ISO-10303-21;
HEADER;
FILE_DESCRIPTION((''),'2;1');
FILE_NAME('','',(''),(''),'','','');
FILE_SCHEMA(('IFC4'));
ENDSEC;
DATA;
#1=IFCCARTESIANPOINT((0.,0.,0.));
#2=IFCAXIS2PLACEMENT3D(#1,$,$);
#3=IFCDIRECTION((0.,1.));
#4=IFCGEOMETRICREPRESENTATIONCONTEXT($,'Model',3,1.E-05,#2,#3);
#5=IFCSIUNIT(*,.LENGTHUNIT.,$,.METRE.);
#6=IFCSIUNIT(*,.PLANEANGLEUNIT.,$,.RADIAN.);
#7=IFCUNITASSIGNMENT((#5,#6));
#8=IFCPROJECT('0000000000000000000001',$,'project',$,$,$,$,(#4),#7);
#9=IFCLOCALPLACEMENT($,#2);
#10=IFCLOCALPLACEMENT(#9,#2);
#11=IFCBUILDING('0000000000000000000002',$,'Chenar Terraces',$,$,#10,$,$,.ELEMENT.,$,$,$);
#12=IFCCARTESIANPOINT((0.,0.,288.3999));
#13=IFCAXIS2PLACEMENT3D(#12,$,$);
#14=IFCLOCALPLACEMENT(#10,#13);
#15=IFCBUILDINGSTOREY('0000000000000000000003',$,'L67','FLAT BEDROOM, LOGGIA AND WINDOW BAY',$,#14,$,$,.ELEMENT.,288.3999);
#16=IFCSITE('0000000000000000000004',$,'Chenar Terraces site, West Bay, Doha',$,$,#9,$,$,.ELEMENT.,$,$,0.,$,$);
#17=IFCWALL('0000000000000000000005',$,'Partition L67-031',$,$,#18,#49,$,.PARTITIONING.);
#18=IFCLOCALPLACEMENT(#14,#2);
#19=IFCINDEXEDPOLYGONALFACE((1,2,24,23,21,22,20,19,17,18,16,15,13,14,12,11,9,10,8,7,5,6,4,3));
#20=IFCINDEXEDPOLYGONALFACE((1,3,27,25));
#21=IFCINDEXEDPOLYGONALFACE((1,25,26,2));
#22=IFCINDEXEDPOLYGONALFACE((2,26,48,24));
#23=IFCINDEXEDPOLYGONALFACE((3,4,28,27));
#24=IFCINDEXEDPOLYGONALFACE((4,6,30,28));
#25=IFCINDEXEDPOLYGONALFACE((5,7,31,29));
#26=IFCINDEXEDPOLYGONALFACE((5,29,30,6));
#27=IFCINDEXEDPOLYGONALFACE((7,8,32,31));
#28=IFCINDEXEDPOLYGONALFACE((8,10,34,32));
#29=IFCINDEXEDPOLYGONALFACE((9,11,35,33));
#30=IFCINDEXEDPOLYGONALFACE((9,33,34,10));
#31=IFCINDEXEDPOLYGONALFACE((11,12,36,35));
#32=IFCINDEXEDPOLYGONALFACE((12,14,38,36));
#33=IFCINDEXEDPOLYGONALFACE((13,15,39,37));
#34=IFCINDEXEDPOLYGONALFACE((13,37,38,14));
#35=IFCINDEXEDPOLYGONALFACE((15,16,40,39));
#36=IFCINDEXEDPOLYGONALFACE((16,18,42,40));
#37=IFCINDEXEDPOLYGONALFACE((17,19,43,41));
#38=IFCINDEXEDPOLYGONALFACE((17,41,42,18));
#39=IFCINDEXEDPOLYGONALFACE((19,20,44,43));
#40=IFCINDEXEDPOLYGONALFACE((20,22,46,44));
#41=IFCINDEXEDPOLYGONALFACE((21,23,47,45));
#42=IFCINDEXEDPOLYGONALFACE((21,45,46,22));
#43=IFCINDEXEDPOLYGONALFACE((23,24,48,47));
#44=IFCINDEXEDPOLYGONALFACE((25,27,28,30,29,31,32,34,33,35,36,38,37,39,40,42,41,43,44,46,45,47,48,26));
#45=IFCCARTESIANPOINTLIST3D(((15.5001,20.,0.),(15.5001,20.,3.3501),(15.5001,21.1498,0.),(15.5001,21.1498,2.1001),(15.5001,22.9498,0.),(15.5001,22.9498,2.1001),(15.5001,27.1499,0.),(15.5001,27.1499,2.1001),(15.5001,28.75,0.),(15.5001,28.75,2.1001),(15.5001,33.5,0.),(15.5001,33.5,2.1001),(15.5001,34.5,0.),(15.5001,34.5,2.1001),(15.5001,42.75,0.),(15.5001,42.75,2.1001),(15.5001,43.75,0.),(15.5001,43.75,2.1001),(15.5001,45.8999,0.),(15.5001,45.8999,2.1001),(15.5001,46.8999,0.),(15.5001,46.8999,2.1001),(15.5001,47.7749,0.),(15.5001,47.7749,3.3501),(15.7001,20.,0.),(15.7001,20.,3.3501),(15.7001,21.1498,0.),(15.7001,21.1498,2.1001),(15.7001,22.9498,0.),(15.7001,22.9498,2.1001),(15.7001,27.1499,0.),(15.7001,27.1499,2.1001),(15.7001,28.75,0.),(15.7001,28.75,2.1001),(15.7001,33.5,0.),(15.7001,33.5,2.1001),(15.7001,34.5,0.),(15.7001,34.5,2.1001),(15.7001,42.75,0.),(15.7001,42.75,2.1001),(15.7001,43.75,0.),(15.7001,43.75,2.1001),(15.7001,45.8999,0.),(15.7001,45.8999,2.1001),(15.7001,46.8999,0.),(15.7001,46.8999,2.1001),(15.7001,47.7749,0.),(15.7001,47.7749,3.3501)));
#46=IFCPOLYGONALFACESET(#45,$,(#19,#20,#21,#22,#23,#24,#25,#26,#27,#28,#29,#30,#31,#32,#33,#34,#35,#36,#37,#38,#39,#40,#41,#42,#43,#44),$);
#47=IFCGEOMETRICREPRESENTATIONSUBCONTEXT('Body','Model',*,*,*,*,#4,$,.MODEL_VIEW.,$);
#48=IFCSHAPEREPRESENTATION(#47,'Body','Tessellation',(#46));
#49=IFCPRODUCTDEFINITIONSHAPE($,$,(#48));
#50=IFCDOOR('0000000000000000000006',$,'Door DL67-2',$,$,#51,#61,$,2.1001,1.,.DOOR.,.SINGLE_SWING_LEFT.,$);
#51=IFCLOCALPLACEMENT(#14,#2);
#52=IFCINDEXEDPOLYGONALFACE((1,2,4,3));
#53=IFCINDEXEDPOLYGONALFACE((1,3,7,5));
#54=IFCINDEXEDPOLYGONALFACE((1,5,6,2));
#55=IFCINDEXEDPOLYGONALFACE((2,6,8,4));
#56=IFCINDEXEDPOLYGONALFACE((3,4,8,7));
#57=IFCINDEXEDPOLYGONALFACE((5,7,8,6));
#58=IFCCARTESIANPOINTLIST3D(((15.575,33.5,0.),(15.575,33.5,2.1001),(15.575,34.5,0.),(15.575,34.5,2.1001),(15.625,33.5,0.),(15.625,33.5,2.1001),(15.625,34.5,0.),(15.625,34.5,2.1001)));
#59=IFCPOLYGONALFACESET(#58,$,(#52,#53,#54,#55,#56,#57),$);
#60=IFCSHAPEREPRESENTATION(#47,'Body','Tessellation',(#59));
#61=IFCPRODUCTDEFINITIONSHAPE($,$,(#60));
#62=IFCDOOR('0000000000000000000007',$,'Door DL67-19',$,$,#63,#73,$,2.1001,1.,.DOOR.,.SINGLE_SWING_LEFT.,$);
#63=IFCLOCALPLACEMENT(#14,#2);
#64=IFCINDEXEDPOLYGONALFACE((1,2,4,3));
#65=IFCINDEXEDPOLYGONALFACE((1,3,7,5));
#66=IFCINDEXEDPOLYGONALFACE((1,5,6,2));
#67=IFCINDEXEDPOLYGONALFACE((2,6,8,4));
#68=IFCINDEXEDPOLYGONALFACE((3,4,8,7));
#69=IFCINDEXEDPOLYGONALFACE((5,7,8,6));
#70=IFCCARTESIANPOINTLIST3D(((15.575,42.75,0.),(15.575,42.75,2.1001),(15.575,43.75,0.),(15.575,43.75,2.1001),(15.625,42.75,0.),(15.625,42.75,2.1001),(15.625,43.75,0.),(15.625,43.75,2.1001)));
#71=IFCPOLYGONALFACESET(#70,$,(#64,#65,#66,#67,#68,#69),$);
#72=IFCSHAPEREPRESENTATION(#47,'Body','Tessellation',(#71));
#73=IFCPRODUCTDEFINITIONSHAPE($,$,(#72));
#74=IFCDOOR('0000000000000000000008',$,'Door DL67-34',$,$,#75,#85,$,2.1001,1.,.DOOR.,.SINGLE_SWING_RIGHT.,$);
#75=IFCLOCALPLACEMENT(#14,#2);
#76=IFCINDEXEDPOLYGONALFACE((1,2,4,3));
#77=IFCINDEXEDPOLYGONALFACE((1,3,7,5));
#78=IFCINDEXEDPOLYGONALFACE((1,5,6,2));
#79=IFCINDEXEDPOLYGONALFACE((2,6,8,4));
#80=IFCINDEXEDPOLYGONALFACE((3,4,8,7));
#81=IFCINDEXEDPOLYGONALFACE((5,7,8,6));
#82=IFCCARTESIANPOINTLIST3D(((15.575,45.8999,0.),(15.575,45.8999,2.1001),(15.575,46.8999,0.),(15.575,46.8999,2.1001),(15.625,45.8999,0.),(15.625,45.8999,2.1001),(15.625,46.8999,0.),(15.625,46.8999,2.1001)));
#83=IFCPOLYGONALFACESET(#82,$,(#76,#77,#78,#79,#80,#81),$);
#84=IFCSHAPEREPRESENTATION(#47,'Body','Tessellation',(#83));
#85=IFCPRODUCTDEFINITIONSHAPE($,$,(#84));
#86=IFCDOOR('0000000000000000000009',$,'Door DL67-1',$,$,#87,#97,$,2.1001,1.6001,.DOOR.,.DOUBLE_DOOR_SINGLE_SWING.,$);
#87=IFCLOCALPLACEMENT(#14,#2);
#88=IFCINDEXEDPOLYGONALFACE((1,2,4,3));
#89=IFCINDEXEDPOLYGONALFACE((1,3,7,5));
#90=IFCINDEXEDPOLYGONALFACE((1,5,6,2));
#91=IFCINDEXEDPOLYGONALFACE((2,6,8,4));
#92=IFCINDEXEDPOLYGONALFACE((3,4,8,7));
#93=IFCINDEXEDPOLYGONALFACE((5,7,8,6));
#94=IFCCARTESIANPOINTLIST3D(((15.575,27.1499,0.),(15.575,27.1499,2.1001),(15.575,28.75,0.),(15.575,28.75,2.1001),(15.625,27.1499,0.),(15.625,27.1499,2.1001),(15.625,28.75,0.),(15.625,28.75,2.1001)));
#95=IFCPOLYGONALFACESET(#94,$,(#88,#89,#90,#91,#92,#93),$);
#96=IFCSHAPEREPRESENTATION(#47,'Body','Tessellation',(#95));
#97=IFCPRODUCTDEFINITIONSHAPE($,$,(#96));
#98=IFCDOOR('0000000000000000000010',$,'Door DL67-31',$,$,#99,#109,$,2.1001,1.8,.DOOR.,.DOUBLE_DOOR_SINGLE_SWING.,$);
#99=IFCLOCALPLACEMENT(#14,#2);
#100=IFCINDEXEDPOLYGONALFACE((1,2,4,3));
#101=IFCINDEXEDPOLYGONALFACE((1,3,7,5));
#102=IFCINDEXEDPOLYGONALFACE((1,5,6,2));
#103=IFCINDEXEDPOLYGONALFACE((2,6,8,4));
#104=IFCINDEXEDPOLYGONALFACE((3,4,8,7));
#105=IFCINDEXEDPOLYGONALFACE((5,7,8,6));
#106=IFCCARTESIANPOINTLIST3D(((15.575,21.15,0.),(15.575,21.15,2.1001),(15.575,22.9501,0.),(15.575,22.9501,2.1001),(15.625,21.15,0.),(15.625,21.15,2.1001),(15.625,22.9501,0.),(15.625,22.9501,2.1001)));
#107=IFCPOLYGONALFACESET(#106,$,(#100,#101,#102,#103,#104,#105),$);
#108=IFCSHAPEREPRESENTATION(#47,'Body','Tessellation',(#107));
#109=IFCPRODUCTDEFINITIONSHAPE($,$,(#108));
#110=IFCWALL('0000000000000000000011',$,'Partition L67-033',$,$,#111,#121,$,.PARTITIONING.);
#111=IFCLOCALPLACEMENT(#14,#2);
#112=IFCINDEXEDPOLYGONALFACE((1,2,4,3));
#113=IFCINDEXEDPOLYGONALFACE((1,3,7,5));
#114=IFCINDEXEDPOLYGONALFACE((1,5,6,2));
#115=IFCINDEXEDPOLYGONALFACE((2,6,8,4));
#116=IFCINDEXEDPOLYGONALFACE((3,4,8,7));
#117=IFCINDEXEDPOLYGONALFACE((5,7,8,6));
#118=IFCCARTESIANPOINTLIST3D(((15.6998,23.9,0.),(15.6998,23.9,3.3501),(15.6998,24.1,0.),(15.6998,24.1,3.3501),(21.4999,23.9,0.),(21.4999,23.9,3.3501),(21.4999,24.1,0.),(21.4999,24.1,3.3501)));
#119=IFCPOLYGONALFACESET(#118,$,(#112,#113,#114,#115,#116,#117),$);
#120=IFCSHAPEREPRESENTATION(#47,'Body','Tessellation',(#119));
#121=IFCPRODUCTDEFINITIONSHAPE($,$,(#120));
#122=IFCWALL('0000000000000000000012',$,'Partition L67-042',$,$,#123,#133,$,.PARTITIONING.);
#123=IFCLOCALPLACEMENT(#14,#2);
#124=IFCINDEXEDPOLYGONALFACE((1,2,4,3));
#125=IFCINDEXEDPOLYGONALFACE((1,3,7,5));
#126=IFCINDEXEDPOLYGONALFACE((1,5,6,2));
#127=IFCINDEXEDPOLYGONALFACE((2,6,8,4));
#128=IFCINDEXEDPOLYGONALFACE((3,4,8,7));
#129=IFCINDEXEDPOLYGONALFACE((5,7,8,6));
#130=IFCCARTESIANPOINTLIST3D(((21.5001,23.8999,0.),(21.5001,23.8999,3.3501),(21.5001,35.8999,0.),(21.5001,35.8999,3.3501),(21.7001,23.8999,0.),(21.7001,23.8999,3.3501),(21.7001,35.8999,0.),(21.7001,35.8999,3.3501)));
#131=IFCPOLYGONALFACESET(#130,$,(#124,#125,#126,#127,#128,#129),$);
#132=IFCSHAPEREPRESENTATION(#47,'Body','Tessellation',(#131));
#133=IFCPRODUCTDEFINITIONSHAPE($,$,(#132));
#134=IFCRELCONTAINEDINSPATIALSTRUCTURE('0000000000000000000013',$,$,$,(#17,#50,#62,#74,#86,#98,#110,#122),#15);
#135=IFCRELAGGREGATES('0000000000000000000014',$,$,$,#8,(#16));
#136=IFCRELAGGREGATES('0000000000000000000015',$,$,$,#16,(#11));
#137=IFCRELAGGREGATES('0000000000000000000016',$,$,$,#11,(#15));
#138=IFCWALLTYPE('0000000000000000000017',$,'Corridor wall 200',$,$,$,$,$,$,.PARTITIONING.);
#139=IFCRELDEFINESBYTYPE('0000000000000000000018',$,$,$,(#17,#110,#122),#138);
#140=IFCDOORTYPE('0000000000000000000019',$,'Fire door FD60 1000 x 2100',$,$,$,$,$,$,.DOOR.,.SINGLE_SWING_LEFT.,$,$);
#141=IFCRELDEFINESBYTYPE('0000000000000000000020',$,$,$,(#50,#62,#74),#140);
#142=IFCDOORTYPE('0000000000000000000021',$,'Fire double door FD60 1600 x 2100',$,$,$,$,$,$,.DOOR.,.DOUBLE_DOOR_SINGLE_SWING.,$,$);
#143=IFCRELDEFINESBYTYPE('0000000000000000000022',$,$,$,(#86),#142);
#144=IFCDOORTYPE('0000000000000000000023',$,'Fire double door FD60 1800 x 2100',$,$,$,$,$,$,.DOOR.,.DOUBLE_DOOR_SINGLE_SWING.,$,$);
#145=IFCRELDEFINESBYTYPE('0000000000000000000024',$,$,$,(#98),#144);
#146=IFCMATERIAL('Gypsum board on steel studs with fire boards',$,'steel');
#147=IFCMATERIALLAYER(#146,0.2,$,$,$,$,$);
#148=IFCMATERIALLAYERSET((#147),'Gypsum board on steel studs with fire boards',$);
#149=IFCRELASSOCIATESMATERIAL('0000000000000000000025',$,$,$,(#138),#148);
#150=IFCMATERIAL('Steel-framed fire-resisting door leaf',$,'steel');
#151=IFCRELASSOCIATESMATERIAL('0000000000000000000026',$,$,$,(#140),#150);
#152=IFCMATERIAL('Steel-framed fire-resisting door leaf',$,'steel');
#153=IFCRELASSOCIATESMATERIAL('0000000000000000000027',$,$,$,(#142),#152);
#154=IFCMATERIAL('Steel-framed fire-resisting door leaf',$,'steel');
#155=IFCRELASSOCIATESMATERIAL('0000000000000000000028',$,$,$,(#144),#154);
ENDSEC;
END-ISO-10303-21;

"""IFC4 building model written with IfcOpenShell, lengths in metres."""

from ifc_helpers import new_model, si_unit, direction, frame, frame_2d, origin, place, context, subcontext, project, spatial, rectangle, extrude, material, layer, layer_set, type_object, element, fill, save


model = new_model("IFC4")

# Units and contexts
model_context = context("Model", 3, precision=1e-05, world=origin(), true_north=direction((0.0, 1.0)))
body_context = subcontext(model_context, "Body", "Model", "MODEL_VIEW")
ifc_project = project(units=[si_unit("LENGTHUNIT", "METRE"), si_unit("PLANEANGLEUNIT", "RADIAN")], contexts=[model_context])

# Site, building, storey
site_placement = place(None, origin())
site = spatial("IfcSite", under=ifc_project, at=site_placement, Name="Chenar Terraces site, West Bay, Doha", CompositionType="ELEMENT", RefElevation=0.0)
building_placement = place(site_placement, origin())
building = spatial("IfcBuilding", under=site, at=building_placement, Name="Chenar Terraces", CompositionType="ELEMENT")
storey_placement = place(building_placement, frame((0.0, 0.0, 288.3999)))
storey = spatial("IfcBuildingStorey", under=building, at=storey_placement, Name="L67", Description="FLAT BEDROOM, LOGGIA AND WINDOW BAY", CompositionType="ELEMENT", Elevation=288.3999)

# Wall, openings, doors
ifc_material_1 = material(Name="Gypsum board on steel studs with fire boards", Category="steel")
ifc_layer_1 = layer(ifc_material_1, 0.2)
ifc_layer_set_1 = layer_set([ifc_layer_1], Name="Gypsum board on steel studs with fire boards")
wall_type_1 = type_object("IfcWallType", Name="Corridor wall 200", PredefinedType="PARTITIONING", material=ifc_layer_set_1)
wall_1_placement = place(storey_placement, frame((15.6001, 20.0, 0.0), z_axis=(0.0, 0.0, 1.0), x_axis=(0.0, 1.0, 0.0)))
wall_1 = element("IfcWall", 1, at=wall_1_placement, inside=storey, type_object=wall_type_1, Name="Partition L67-031", PredefinedType="PARTITIONING", context=body_context, shape_type="SweptSolid", body=[
    extrude(rectangle(XDim=27.7749, YDim=0.2, at=frame_2d((13.8875, 0.0))), origin(), (0.0, 0.0, 1.0), 3.3501),
])
opening_1_placement = place(wall_1_placement, frame((7.1499, 0.0, 0.0)))
opening_1 = element("IfcOpeningElement", 2, at=opening_1_placement, cuts=wall_1, PredefinedType="OPENING", context=body_context, shape_type="SweptSolid", body=[
    extrude(rectangle(XDim=1.6001, YDim=2.1001, at=frame_2d((0.8, 1.05))), frame((0.0, 0.1099, 0.0), z_axis=(0.0, -1.0, 0.0), x_axis=(1.0, 0.0, 0.0)), (0.0, 0.0, 1.0), 0.22),
])
opening_2_placement = place(wall_1_placement, frame((13.5, 0.0, 0.0)))
opening_2 = element("IfcOpeningElement", 3, at=opening_2_placement, cuts=wall_1, PredefinedType="OPENING", context=body_context, shape_type="SweptSolid", body=[
    extrude(rectangle(XDim=1.0, YDim=2.1001, at=frame_2d((0.5, 1.05))), frame((0.0, 0.1099, 0.0), z_axis=(0.0, -1.0, 0.0), x_axis=(1.0, 0.0, 0.0)), (0.0, 0.0, 1.0), 0.22),
])
opening_3_placement = place(wall_1_placement, frame((22.75, 0.0, 0.0)))
opening_3 = element("IfcOpeningElement", 4, at=opening_3_placement, cuts=wall_1, PredefinedType="OPENING", context=body_context, shape_type="SweptSolid", body=[
    extrude(rectangle(XDim=1.0, YDim=2.1001, at=frame_2d((0.5, 1.05))), frame((0.0, 0.1099, 0.0), z_axis=(0.0, -1.0, 0.0), x_axis=(1.0, 0.0, 0.0)), (0.0, 0.0, 1.0), 0.22),
])
opening_4_placement = place(wall_1_placement, frame((1.1499, 0.0, 0.0)))
opening_4 = element("IfcOpeningElement", 5, at=opening_4_placement, cuts=wall_1, PredefinedType="OPENING", context=body_context, shape_type="SweptSolid", body=[
    extrude(rectangle(XDim=1.8, YDim=2.1001, at=frame_2d((0.8999, 1.05))), frame((0.0, 0.1099, 0.0), z_axis=(0.0, -1.0, 0.0), x_axis=(1.0, 0.0, 0.0)), (0.0, 0.0, 1.0), 0.22),
])
opening_5_placement = place(wall_1_placement, frame((25.8999, 0.0, 0.0)))
opening_5 = element("IfcOpeningElement", 6, at=opening_5_placement, cuts=wall_1, PredefinedType="OPENING", context=body_context, shape_type="SweptSolid", body=[
    extrude(rectangle(XDim=1.0, YDim=2.1001, at=frame_2d((0.5, 1.05))), frame((0.0, 0.1099, 0.0), z_axis=(0.0, -1.0, 0.0), x_axis=(1.0, 0.0, 0.0)), (0.0, 0.0, 1.0), 0.22),
])
ifc_material_2 = material(Name="Steel-framed fire-resisting door leaf", Category="steel")
door_type_1 = type_object("IfcDoorType", Name="Fire door FD60 1000 x 2100", OperationType="SINGLE_SWING_LEFT", PredefinedType="DOOR", material=ifc_material_2)
door_1_placement = place(opening_2_placement, frame((1.0, 0.0, 0.0), z_axis=(0.0, 0.0, 1.0), x_axis=(-1.0, 0.0, 0.0)))
door_1 = element("IfcDoor", 7, at=door_1_placement, inside=storey, type_object=door_type_1, Name="Door DL67-2", OperationType="SINGLE_SWING_LEFT", OverallHeight=2.1001, OverallWidth=1.0, PredefinedType="DOOR", context=body_context, shape_type="SweptSolid", body=[
    extrude(rectangle(XDim=1.0, YDim=2.1001, at=frame_2d((0.5, 1.05))), frame((0.0, 0.0249, 0.0), z_axis=(0.0, -1.0, 0.0), x_axis=(1.0, 0.0, 0.0)), (0.0, 0.0, 1.0), 0.05),
])
fill(opening_2, door_1)
door_2_placement = place(opening_3_placement, frame((1.0, 0.0, 0.0), z_axis=(0.0, 0.0, 1.0), x_axis=(-1.0, 0.0, 0.0)))
door_2 = element("IfcDoor", 8, at=door_2_placement, inside=storey, type_object=door_type_1, Name="Door DL67-19", OperationType="SINGLE_SWING_LEFT", OverallHeight=2.1001, OverallWidth=1.0, PredefinedType="DOOR", context=body_context, shape_type="SweptSolid", body=[
    extrude(rectangle(XDim=1.0, YDim=2.1001, at=frame_2d((0.5, 1.05))), frame((0.0, 0.0249, 0.0), z_axis=(0.0, -1.0, 0.0), x_axis=(1.0, 0.0, 0.0)), (0.0, 0.0, 1.0), 0.05),
])
fill(opening_3, door_2)
door_3_placement = place(opening_5_placement, frame((1.0, 0.0, 0.0), z_axis=(0.0, 0.0, 1.0), x_axis=(-1.0, 0.0, 0.0)))
door_3 = element("IfcDoor", 9, at=door_3_placement, inside=storey, type_object=door_type_1, Name="Door DL67-34", OperationType="SINGLE_SWING_RIGHT", OverallHeight=2.1001, OverallWidth=1.0, PredefinedType="DOOR", context=body_context, shape_type="SweptSolid", body=[
    extrude(rectangle(XDim=1.0, YDim=2.1001, at=frame_2d((0.5, 1.05))), frame((0.0, 0.0249, 0.0), z_axis=(0.0, -1.0, 0.0), x_axis=(1.0, 0.0, 0.0)), (0.0, 0.0, 1.0), 0.05),
])
fill(opening_5, door_3)
ifc_material_3 = material(Name="Steel-framed fire-resisting door leaf", Category="steel")
door_type_2 = type_object("IfcDoorType", Name="Fire double door FD60 1600 x 2100", OperationType="DOUBLE_DOOR_SINGLE_SWING", PredefinedType="DOOR", material=ifc_material_3)
door_4_placement = place(opening_1_placement, frame((1.6001, 0.0, 0.0), z_axis=(0.0, 0.0, 1.0), x_axis=(-1.0, 0.0, 0.0)))
door_4 = element("IfcDoor", 10, at=door_4_placement, inside=storey, type_object=door_type_2, Name="Door DL67-1", OperationType="DOUBLE_DOOR_SINGLE_SWING", OverallHeight=2.1001, OverallWidth=1.6001, PredefinedType="DOOR", context=body_context, shape_type="SweptSolid", body=[
    extrude(rectangle(XDim=1.6001, YDim=2.1001, at=frame_2d((0.8, 1.05))), frame((0.0, 0.0249, 0.0), z_axis=(0.0, -1.0, 0.0), x_axis=(1.0, 0.0, 0.0)), (0.0, 0.0, 1.0), 0.05),
])
fill(opening_1, door_4)
ifc_material_4 = material(Name="Steel-framed fire-resisting door leaf", Category="steel")
door_type_3 = type_object("IfcDoorType", Name="Fire double door FD60 1800 x 2100", OperationType="DOUBLE_DOOR_SINGLE_SWING", PredefinedType="DOOR", material=ifc_material_4)
door_5_placement = place(opening_4_placement, frame((1.8, 0.0, 0.0), z_axis=(0.0, 0.0, 1.0), x_axis=(-1.0, 0.0, 0.0)))
door_5 = element("IfcDoor", 11, at=door_5_placement, inside=storey, type_object=door_type_3, Name="Door DL67-31", OperationType="DOUBLE_DOOR_SINGLE_SWING", OverallHeight=2.1001, OverallWidth=1.8, PredefinedType="DOOR", context=body_context, shape_type="SweptSolid", body=[
    extrude(rectangle(XDim=1.8, YDim=2.1001, at=frame_2d((0.8999, 1.05))), frame((0.0, 0.0249, 0.0), z_axis=(0.0, -1.0, 0.0), x_axis=(1.0, 0.0, 0.0)), (0.0, 0.0, 1.0), 0.05),
])
fill(opening_4, door_5)

# Walls
wall_2_placement = place(storey_placement, frame((15.7, 24.0, 0.0), z_axis=(0.0, 0.0, 1.0), x_axis=(1.0, 0.0, 0.0)))
element("IfcWall", 12, at=wall_2_placement, inside=storey, type_object=wall_type_1, Name="Partition L67-033", PredefinedType="PARTITIONING", context=body_context, shape_type="SweptSolid", body=[
    extrude(rectangle(XDim=5.8, YDim=0.2, at=frame_2d((2.8999, 0.0))), origin(), (0.0, 0.0, 1.0), 3.3501),
])
wall_3_placement = place(storey_placement, frame((21.6001, 23.8999, 0.0), z_axis=(0.0, 0.0, 1.0), x_axis=(0.0, 1.0, 0.0)))
element("IfcWall", 13, at=wall_3_placement, inside=storey, type_object=wall_type_1, Name="Partition L67-042", PredefinedType="PARTITIONING", context=body_context, shape_type="SweptSolid", body=[
    extrude(rectangle(XDim=12.0, YDim=0.2, at=frame_2d((6.0, 0.0))), origin(), (0.0, 0.0, 1.0), 3.3501),
])

save(model, "model.ifc")
